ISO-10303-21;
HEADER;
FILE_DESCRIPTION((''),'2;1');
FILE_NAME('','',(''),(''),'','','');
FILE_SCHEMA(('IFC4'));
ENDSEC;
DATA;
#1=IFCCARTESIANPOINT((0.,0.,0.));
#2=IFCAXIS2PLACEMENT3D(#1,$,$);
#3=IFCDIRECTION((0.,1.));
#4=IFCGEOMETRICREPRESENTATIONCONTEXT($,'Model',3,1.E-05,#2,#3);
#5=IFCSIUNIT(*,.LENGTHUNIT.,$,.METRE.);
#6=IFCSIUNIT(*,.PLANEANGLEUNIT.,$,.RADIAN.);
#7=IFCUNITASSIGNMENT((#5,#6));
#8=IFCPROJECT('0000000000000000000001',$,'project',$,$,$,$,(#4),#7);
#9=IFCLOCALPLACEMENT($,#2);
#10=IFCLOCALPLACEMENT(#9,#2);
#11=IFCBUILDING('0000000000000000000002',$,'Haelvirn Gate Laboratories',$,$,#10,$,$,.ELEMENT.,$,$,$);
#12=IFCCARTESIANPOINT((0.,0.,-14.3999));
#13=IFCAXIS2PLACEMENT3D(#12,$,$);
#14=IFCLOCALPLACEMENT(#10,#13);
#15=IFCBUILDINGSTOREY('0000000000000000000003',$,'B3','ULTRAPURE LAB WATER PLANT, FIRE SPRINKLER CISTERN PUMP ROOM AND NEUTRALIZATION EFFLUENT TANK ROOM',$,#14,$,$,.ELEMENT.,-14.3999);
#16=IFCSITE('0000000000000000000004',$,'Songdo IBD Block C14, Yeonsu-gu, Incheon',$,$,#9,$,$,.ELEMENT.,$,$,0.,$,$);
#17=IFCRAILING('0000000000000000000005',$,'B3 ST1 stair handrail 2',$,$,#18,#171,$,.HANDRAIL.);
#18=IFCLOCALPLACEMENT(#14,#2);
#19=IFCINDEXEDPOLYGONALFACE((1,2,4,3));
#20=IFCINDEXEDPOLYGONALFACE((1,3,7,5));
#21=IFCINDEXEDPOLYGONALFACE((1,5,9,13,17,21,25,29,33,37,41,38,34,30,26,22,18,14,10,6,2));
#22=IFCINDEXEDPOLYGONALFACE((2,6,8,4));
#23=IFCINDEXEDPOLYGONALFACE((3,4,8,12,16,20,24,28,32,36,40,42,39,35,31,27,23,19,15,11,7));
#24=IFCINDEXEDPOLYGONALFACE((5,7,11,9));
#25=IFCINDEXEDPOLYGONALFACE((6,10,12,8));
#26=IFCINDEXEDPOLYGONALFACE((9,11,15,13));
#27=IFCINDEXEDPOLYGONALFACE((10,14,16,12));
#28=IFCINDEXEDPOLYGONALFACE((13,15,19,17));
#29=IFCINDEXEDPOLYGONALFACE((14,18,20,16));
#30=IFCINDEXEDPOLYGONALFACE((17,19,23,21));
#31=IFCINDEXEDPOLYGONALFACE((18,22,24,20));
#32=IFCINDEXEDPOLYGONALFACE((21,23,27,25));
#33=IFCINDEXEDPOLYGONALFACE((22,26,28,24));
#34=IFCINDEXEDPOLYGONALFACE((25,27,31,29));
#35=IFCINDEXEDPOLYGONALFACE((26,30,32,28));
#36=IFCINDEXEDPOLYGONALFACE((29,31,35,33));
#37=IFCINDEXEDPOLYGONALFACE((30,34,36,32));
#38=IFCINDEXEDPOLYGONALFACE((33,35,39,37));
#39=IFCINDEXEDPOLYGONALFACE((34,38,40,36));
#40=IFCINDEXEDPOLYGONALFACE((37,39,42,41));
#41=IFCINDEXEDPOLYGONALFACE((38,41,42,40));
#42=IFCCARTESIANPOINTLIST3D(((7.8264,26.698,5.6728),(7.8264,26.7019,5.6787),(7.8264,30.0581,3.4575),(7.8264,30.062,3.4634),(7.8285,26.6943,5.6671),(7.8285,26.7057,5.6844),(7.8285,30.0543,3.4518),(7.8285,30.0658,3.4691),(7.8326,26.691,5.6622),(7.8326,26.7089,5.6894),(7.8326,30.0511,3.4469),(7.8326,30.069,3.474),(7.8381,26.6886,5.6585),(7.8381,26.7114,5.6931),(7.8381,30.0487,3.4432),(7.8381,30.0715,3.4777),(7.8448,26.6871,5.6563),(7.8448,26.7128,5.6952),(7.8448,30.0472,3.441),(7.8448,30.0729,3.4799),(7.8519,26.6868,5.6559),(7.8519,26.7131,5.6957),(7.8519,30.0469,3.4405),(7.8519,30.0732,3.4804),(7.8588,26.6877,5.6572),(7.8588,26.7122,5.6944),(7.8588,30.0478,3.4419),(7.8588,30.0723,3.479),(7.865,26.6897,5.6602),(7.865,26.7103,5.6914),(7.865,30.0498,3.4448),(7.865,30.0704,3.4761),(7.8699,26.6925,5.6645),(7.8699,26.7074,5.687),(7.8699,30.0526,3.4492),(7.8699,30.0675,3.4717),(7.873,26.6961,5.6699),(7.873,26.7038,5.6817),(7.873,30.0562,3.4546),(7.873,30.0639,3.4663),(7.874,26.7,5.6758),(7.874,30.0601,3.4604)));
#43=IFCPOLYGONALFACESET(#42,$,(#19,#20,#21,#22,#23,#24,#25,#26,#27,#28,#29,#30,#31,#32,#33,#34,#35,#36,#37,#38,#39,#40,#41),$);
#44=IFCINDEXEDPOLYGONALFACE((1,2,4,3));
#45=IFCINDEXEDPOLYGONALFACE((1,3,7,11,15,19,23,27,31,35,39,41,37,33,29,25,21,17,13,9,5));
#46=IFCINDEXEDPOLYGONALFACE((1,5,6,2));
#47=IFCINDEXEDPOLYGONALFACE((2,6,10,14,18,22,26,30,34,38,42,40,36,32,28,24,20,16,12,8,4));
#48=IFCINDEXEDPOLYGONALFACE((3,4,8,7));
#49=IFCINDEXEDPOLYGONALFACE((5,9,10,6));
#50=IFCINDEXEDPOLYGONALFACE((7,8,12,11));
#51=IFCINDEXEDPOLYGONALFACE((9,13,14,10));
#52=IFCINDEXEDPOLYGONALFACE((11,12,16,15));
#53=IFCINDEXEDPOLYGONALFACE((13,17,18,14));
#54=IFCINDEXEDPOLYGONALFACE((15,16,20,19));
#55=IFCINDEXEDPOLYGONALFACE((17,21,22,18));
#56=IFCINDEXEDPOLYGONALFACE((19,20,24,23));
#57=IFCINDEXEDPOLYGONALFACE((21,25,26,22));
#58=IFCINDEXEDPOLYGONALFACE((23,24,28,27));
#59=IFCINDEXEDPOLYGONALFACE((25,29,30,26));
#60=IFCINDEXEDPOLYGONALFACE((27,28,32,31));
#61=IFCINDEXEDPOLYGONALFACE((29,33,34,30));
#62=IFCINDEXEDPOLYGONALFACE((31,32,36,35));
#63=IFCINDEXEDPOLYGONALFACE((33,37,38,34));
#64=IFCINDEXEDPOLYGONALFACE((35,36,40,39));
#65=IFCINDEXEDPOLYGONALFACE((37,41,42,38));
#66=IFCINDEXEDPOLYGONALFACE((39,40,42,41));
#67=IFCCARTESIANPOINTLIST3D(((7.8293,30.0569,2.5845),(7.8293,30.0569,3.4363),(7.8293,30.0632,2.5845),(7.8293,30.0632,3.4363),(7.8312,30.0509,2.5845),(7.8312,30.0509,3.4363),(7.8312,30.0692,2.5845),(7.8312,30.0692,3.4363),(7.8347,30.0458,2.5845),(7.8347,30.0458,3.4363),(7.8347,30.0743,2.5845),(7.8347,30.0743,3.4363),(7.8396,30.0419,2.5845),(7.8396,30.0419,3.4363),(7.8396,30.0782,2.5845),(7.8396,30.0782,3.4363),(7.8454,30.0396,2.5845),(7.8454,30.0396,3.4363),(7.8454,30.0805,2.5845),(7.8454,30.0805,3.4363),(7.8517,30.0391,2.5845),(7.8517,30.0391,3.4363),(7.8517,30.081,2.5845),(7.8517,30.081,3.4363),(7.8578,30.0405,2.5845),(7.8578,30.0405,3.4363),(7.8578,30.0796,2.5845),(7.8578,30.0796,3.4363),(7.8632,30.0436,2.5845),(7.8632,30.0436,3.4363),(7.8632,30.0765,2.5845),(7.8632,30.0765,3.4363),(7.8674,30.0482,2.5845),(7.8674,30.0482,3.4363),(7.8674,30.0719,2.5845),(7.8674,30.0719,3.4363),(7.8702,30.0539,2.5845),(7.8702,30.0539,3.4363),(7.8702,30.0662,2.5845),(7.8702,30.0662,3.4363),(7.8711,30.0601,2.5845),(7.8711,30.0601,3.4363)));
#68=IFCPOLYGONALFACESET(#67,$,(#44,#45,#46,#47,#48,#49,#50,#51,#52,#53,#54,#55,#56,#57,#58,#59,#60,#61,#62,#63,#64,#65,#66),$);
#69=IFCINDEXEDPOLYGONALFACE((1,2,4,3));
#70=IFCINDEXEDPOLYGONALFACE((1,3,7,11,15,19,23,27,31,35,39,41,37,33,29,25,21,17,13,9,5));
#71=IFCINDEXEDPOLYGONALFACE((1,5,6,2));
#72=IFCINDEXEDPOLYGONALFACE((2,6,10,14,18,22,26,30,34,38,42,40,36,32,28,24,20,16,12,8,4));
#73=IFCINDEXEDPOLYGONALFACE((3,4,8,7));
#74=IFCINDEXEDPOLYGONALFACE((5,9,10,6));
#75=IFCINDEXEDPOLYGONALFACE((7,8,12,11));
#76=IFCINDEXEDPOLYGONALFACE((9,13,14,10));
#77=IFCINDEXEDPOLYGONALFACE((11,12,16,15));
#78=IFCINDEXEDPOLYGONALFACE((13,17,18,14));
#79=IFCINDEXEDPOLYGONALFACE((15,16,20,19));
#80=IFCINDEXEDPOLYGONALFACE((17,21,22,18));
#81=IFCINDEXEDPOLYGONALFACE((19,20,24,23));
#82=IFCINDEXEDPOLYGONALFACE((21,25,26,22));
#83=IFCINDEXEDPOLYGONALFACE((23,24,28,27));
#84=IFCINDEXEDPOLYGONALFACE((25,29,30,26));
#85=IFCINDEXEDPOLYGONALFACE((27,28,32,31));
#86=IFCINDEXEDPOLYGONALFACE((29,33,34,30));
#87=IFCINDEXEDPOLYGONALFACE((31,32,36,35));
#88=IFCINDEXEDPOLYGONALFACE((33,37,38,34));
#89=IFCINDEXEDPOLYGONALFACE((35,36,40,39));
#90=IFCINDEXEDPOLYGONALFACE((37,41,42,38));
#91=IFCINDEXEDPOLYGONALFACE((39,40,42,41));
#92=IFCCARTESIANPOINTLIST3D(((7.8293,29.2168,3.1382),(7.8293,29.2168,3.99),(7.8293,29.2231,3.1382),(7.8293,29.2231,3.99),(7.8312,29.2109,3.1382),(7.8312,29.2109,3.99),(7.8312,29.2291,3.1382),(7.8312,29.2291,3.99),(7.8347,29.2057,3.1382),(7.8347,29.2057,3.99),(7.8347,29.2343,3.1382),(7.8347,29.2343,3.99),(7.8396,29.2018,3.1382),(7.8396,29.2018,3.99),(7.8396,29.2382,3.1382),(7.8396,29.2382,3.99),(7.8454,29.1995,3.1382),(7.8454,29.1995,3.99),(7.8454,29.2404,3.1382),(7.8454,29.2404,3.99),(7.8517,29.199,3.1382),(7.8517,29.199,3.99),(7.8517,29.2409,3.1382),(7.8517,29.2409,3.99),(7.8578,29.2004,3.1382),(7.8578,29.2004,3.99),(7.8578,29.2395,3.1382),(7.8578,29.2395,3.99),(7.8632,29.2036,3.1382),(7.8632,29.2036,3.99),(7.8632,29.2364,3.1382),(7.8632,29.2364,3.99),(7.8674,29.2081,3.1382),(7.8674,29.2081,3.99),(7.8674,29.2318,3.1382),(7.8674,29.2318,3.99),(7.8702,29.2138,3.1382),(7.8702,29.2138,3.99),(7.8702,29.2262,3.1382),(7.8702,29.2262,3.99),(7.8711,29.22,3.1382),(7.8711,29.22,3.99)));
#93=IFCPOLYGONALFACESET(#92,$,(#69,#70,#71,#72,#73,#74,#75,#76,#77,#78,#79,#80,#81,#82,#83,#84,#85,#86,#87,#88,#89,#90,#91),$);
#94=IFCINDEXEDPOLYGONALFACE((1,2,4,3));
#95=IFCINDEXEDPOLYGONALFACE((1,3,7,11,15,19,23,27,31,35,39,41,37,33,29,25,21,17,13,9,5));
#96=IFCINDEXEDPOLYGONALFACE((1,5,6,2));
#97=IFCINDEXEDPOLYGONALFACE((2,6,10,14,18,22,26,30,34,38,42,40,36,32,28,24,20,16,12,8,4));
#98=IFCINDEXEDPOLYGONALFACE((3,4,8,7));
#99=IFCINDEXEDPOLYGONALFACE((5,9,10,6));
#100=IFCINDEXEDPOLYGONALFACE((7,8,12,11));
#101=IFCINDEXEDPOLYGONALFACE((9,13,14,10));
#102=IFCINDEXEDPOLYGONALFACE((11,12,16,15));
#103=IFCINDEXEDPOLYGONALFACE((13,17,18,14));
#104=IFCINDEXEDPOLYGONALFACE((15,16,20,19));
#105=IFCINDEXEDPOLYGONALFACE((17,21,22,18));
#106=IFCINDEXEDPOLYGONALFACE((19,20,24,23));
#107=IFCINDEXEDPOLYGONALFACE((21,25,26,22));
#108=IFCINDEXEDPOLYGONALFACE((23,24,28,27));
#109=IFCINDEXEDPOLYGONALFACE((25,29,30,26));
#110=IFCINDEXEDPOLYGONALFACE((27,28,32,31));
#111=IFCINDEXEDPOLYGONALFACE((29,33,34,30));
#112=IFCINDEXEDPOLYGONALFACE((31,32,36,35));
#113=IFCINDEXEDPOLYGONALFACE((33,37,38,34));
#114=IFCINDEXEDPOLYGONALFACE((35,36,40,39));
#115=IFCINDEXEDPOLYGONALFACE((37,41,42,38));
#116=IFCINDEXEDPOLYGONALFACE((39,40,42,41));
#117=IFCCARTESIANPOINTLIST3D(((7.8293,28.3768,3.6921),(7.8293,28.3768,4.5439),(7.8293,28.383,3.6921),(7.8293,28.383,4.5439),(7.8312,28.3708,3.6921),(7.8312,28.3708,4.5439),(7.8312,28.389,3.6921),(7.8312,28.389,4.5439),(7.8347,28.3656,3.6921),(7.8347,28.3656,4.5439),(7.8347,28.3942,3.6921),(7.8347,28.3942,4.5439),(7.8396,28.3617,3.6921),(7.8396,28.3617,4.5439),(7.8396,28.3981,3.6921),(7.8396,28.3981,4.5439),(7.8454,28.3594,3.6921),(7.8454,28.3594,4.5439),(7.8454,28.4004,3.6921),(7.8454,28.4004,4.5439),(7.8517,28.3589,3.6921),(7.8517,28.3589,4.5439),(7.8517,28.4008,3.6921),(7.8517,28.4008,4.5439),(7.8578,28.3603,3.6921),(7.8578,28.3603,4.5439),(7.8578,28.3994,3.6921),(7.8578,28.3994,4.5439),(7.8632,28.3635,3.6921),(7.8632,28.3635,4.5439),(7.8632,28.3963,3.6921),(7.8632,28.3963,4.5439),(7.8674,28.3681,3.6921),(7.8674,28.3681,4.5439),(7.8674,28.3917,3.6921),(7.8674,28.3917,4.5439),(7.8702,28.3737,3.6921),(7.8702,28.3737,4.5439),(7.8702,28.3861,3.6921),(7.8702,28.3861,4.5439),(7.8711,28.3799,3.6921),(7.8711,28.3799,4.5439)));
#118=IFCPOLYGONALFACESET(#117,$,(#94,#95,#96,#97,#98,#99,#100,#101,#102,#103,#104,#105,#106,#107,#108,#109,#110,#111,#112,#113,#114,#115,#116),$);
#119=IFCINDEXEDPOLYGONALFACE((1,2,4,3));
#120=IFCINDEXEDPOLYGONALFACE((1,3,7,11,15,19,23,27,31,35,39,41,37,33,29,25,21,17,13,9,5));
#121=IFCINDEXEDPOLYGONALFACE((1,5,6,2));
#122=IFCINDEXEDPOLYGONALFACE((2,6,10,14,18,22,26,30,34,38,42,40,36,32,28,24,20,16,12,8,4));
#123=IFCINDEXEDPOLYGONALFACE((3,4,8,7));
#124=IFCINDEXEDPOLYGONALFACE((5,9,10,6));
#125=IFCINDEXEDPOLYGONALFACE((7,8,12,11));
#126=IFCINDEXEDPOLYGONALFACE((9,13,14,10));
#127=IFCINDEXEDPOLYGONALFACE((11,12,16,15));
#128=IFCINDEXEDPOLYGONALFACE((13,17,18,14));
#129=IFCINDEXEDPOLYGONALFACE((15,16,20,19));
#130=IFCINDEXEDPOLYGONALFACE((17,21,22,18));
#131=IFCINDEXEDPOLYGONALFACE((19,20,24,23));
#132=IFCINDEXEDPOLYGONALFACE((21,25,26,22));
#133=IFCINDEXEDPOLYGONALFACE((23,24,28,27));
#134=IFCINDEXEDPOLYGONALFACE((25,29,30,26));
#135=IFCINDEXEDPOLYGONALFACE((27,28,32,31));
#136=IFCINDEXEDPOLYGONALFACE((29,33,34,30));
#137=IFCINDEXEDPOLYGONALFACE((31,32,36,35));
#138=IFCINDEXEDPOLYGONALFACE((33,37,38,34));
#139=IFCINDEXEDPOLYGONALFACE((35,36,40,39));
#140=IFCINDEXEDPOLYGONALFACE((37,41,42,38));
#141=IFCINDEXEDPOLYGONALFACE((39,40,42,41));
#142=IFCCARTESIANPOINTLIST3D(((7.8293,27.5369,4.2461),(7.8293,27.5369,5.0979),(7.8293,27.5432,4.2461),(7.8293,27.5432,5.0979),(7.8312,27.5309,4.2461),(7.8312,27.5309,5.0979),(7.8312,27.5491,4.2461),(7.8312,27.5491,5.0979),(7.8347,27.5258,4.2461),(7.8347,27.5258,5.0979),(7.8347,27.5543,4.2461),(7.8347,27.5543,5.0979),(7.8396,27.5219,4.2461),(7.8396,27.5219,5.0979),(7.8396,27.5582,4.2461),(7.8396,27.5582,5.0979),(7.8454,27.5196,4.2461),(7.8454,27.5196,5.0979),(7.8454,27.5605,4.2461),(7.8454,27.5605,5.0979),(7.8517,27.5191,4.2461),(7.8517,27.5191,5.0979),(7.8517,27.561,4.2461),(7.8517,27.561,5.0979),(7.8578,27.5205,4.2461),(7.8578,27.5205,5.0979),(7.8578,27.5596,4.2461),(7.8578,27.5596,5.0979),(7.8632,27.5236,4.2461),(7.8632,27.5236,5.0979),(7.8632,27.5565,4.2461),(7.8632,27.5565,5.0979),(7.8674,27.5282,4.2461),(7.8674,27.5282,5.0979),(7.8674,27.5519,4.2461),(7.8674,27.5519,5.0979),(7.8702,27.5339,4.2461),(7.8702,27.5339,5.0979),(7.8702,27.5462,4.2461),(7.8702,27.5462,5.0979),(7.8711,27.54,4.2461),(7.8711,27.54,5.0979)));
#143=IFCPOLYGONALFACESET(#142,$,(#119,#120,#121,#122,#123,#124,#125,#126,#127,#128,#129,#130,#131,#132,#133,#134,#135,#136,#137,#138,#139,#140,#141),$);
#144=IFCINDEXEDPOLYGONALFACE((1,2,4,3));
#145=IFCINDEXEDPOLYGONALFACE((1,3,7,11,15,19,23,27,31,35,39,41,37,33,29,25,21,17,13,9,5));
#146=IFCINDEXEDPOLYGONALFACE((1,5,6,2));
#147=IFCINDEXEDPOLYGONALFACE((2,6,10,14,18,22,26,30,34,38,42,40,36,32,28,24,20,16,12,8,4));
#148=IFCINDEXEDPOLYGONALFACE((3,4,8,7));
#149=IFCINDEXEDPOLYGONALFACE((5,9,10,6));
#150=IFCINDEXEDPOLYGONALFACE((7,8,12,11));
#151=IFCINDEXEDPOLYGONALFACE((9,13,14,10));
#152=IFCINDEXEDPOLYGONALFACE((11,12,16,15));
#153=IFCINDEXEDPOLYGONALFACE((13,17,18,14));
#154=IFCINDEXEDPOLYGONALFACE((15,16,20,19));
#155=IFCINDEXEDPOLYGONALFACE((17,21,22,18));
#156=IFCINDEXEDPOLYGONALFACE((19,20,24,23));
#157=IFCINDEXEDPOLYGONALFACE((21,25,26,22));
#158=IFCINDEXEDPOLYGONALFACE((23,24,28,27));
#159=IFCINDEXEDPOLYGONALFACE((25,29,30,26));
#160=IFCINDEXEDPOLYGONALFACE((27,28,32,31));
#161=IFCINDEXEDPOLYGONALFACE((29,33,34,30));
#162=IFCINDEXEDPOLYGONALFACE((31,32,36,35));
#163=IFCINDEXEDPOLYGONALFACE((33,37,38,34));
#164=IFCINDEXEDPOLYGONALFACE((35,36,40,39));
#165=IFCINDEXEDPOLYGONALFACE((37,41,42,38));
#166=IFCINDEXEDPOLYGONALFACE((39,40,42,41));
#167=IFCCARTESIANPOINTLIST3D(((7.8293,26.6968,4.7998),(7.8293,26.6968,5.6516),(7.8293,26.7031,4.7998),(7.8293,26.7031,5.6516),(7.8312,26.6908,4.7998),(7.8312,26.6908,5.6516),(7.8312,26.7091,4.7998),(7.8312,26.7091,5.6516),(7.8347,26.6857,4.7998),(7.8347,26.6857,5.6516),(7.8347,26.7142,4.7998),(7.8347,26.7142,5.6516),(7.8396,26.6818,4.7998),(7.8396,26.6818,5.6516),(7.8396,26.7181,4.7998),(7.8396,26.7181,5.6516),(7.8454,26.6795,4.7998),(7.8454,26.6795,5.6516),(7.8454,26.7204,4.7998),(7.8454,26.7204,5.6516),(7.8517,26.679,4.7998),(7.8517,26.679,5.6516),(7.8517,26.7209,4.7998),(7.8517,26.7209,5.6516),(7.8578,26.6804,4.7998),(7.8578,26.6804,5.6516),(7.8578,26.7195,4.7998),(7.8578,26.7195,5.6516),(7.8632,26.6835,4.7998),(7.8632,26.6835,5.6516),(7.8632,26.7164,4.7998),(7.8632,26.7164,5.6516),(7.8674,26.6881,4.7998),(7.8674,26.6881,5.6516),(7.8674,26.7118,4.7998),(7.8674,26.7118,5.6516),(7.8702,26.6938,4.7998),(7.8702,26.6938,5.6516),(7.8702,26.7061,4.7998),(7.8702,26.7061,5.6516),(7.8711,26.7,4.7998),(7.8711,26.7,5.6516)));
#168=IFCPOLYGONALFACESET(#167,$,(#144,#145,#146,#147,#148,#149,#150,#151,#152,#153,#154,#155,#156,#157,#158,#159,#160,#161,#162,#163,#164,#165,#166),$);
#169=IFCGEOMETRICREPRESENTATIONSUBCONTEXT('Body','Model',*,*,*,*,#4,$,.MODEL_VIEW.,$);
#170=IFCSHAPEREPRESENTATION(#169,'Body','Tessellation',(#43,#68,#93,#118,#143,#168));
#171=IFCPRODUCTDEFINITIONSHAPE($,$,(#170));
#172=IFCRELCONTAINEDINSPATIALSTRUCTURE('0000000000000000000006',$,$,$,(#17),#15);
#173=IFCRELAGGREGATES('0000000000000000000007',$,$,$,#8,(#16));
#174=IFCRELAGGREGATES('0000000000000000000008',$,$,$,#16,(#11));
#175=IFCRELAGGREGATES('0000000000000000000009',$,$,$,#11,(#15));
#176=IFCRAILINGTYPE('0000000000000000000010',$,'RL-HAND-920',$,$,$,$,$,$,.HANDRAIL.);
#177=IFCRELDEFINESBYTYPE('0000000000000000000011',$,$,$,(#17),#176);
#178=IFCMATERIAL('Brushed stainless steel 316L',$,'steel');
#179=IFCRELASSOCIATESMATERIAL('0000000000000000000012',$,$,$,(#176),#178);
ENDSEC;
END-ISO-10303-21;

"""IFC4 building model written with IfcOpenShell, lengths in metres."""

from ifc_helpers import new_model, si_unit, direction, frame, origin, origin_2d, place, context, subcontext, project, spatial, circle, extrude, source, transform, mapped, material, type_object, element, save


model = new_model("IFC4")

# Units and contexts
model_context = context("Model", 3, precision=1e-05, world=origin(), true_north=direction((0.0, 1.0)))
body_context = subcontext(model_context, "Body", "Model", "MODEL_VIEW")
ifc_project = project(units=[si_unit("LENGTHUNIT", "METRE"), si_unit("PLANEANGLEUNIT", "RADIAN")], contexts=[model_context])

# Site, building, storey
site_placement = place(None, origin())
site = spatial("IfcSite", under=ifc_project, at=site_placement, Name="Songdo IBD Block C14, Yeonsu-gu, Incheon", CompositionType="ELEMENT", RefElevation=0.0)
building_placement = place(site_placement, origin())
building = spatial("IfcBuilding", under=site, at=building_placement, Name="Haelvirn Gate Laboratories", CompositionType="ELEMENT")
storey_placement = place(building_placement, frame((0.0, 0.0, -14.3999)))
storey = spatial("IfcBuildingStorey", under=building, at=storey_placement, Name="B3", Description="ULTRAPURE LAB WATER PLANT, FIRE SPRINKLER CISTERN PUMP ROOM AND NEUTRALIZATION EFFLUENT TANK ROOM", CompositionType="ELEMENT", Elevation=-14.3999)

# Railing
ifc_material_1 = material(Name="Brushed stainless steel 316L", Category="steel")
railing_type_1 = type_object("IfcRailingType", Name="RL-HAND-920", PredefinedType="HANDRAIL", material=ifc_material_1)
shared_shape_1 = source(origin(), body_context, "Body", "SweptSolid", [
    extrude(circle(Radius=0.0239, at=origin_2d()), frame((0.0, 0.0, 0.876), z_axis=(0.0, -0.834876, 0.550437), x_axis=(1.0, 0.0, 0.0)), (0.0, 0.0, 1.0), 4.0247),
    extrude(circle(Radius=0.021, at=origin_2d()), origin(), (0.0, 0.0, 1.0), 0.8518),
    extrude(circle(Radius=0.021, at=origin_2d()), frame((0.0, -0.8401, 0.5537)), (0.0, 0.0, 1.0), 0.8518),
    extrude(circle(Radius=0.021, at=origin_2d()), frame((0.0, -1.6802, 1.1077)), (0.0, 0.0, 1.0), 0.8518),
    extrude(circle(Radius=0.021, at=origin_2d()), frame((0.0, -2.52, 1.6616)), (0.0, 0.0, 1.0), 0.8518),
    extrude(circle(Radius=0.021, at=origin_2d()), frame((0.0, -3.3601, 2.2153)), (0.0, 0.0, 1.0), 0.8518),
])
railing_1_placement = place(storey_placement, frame((7.8501, 30.0601, 2.5845)))
element("IfcRailing", 1, at=railing_1_placement, inside=storey, type_object=railing_type_1, Name="B3 ST1 stair handrail 2", PredefinedType="HANDRAIL", context=body_context, shape_type="MappedRepresentation", body=[
    mapped(shared_shape_1, transform((0.0, 0.0, 0.0), scale=1.0)),
])

save(model, "model.ifc")
